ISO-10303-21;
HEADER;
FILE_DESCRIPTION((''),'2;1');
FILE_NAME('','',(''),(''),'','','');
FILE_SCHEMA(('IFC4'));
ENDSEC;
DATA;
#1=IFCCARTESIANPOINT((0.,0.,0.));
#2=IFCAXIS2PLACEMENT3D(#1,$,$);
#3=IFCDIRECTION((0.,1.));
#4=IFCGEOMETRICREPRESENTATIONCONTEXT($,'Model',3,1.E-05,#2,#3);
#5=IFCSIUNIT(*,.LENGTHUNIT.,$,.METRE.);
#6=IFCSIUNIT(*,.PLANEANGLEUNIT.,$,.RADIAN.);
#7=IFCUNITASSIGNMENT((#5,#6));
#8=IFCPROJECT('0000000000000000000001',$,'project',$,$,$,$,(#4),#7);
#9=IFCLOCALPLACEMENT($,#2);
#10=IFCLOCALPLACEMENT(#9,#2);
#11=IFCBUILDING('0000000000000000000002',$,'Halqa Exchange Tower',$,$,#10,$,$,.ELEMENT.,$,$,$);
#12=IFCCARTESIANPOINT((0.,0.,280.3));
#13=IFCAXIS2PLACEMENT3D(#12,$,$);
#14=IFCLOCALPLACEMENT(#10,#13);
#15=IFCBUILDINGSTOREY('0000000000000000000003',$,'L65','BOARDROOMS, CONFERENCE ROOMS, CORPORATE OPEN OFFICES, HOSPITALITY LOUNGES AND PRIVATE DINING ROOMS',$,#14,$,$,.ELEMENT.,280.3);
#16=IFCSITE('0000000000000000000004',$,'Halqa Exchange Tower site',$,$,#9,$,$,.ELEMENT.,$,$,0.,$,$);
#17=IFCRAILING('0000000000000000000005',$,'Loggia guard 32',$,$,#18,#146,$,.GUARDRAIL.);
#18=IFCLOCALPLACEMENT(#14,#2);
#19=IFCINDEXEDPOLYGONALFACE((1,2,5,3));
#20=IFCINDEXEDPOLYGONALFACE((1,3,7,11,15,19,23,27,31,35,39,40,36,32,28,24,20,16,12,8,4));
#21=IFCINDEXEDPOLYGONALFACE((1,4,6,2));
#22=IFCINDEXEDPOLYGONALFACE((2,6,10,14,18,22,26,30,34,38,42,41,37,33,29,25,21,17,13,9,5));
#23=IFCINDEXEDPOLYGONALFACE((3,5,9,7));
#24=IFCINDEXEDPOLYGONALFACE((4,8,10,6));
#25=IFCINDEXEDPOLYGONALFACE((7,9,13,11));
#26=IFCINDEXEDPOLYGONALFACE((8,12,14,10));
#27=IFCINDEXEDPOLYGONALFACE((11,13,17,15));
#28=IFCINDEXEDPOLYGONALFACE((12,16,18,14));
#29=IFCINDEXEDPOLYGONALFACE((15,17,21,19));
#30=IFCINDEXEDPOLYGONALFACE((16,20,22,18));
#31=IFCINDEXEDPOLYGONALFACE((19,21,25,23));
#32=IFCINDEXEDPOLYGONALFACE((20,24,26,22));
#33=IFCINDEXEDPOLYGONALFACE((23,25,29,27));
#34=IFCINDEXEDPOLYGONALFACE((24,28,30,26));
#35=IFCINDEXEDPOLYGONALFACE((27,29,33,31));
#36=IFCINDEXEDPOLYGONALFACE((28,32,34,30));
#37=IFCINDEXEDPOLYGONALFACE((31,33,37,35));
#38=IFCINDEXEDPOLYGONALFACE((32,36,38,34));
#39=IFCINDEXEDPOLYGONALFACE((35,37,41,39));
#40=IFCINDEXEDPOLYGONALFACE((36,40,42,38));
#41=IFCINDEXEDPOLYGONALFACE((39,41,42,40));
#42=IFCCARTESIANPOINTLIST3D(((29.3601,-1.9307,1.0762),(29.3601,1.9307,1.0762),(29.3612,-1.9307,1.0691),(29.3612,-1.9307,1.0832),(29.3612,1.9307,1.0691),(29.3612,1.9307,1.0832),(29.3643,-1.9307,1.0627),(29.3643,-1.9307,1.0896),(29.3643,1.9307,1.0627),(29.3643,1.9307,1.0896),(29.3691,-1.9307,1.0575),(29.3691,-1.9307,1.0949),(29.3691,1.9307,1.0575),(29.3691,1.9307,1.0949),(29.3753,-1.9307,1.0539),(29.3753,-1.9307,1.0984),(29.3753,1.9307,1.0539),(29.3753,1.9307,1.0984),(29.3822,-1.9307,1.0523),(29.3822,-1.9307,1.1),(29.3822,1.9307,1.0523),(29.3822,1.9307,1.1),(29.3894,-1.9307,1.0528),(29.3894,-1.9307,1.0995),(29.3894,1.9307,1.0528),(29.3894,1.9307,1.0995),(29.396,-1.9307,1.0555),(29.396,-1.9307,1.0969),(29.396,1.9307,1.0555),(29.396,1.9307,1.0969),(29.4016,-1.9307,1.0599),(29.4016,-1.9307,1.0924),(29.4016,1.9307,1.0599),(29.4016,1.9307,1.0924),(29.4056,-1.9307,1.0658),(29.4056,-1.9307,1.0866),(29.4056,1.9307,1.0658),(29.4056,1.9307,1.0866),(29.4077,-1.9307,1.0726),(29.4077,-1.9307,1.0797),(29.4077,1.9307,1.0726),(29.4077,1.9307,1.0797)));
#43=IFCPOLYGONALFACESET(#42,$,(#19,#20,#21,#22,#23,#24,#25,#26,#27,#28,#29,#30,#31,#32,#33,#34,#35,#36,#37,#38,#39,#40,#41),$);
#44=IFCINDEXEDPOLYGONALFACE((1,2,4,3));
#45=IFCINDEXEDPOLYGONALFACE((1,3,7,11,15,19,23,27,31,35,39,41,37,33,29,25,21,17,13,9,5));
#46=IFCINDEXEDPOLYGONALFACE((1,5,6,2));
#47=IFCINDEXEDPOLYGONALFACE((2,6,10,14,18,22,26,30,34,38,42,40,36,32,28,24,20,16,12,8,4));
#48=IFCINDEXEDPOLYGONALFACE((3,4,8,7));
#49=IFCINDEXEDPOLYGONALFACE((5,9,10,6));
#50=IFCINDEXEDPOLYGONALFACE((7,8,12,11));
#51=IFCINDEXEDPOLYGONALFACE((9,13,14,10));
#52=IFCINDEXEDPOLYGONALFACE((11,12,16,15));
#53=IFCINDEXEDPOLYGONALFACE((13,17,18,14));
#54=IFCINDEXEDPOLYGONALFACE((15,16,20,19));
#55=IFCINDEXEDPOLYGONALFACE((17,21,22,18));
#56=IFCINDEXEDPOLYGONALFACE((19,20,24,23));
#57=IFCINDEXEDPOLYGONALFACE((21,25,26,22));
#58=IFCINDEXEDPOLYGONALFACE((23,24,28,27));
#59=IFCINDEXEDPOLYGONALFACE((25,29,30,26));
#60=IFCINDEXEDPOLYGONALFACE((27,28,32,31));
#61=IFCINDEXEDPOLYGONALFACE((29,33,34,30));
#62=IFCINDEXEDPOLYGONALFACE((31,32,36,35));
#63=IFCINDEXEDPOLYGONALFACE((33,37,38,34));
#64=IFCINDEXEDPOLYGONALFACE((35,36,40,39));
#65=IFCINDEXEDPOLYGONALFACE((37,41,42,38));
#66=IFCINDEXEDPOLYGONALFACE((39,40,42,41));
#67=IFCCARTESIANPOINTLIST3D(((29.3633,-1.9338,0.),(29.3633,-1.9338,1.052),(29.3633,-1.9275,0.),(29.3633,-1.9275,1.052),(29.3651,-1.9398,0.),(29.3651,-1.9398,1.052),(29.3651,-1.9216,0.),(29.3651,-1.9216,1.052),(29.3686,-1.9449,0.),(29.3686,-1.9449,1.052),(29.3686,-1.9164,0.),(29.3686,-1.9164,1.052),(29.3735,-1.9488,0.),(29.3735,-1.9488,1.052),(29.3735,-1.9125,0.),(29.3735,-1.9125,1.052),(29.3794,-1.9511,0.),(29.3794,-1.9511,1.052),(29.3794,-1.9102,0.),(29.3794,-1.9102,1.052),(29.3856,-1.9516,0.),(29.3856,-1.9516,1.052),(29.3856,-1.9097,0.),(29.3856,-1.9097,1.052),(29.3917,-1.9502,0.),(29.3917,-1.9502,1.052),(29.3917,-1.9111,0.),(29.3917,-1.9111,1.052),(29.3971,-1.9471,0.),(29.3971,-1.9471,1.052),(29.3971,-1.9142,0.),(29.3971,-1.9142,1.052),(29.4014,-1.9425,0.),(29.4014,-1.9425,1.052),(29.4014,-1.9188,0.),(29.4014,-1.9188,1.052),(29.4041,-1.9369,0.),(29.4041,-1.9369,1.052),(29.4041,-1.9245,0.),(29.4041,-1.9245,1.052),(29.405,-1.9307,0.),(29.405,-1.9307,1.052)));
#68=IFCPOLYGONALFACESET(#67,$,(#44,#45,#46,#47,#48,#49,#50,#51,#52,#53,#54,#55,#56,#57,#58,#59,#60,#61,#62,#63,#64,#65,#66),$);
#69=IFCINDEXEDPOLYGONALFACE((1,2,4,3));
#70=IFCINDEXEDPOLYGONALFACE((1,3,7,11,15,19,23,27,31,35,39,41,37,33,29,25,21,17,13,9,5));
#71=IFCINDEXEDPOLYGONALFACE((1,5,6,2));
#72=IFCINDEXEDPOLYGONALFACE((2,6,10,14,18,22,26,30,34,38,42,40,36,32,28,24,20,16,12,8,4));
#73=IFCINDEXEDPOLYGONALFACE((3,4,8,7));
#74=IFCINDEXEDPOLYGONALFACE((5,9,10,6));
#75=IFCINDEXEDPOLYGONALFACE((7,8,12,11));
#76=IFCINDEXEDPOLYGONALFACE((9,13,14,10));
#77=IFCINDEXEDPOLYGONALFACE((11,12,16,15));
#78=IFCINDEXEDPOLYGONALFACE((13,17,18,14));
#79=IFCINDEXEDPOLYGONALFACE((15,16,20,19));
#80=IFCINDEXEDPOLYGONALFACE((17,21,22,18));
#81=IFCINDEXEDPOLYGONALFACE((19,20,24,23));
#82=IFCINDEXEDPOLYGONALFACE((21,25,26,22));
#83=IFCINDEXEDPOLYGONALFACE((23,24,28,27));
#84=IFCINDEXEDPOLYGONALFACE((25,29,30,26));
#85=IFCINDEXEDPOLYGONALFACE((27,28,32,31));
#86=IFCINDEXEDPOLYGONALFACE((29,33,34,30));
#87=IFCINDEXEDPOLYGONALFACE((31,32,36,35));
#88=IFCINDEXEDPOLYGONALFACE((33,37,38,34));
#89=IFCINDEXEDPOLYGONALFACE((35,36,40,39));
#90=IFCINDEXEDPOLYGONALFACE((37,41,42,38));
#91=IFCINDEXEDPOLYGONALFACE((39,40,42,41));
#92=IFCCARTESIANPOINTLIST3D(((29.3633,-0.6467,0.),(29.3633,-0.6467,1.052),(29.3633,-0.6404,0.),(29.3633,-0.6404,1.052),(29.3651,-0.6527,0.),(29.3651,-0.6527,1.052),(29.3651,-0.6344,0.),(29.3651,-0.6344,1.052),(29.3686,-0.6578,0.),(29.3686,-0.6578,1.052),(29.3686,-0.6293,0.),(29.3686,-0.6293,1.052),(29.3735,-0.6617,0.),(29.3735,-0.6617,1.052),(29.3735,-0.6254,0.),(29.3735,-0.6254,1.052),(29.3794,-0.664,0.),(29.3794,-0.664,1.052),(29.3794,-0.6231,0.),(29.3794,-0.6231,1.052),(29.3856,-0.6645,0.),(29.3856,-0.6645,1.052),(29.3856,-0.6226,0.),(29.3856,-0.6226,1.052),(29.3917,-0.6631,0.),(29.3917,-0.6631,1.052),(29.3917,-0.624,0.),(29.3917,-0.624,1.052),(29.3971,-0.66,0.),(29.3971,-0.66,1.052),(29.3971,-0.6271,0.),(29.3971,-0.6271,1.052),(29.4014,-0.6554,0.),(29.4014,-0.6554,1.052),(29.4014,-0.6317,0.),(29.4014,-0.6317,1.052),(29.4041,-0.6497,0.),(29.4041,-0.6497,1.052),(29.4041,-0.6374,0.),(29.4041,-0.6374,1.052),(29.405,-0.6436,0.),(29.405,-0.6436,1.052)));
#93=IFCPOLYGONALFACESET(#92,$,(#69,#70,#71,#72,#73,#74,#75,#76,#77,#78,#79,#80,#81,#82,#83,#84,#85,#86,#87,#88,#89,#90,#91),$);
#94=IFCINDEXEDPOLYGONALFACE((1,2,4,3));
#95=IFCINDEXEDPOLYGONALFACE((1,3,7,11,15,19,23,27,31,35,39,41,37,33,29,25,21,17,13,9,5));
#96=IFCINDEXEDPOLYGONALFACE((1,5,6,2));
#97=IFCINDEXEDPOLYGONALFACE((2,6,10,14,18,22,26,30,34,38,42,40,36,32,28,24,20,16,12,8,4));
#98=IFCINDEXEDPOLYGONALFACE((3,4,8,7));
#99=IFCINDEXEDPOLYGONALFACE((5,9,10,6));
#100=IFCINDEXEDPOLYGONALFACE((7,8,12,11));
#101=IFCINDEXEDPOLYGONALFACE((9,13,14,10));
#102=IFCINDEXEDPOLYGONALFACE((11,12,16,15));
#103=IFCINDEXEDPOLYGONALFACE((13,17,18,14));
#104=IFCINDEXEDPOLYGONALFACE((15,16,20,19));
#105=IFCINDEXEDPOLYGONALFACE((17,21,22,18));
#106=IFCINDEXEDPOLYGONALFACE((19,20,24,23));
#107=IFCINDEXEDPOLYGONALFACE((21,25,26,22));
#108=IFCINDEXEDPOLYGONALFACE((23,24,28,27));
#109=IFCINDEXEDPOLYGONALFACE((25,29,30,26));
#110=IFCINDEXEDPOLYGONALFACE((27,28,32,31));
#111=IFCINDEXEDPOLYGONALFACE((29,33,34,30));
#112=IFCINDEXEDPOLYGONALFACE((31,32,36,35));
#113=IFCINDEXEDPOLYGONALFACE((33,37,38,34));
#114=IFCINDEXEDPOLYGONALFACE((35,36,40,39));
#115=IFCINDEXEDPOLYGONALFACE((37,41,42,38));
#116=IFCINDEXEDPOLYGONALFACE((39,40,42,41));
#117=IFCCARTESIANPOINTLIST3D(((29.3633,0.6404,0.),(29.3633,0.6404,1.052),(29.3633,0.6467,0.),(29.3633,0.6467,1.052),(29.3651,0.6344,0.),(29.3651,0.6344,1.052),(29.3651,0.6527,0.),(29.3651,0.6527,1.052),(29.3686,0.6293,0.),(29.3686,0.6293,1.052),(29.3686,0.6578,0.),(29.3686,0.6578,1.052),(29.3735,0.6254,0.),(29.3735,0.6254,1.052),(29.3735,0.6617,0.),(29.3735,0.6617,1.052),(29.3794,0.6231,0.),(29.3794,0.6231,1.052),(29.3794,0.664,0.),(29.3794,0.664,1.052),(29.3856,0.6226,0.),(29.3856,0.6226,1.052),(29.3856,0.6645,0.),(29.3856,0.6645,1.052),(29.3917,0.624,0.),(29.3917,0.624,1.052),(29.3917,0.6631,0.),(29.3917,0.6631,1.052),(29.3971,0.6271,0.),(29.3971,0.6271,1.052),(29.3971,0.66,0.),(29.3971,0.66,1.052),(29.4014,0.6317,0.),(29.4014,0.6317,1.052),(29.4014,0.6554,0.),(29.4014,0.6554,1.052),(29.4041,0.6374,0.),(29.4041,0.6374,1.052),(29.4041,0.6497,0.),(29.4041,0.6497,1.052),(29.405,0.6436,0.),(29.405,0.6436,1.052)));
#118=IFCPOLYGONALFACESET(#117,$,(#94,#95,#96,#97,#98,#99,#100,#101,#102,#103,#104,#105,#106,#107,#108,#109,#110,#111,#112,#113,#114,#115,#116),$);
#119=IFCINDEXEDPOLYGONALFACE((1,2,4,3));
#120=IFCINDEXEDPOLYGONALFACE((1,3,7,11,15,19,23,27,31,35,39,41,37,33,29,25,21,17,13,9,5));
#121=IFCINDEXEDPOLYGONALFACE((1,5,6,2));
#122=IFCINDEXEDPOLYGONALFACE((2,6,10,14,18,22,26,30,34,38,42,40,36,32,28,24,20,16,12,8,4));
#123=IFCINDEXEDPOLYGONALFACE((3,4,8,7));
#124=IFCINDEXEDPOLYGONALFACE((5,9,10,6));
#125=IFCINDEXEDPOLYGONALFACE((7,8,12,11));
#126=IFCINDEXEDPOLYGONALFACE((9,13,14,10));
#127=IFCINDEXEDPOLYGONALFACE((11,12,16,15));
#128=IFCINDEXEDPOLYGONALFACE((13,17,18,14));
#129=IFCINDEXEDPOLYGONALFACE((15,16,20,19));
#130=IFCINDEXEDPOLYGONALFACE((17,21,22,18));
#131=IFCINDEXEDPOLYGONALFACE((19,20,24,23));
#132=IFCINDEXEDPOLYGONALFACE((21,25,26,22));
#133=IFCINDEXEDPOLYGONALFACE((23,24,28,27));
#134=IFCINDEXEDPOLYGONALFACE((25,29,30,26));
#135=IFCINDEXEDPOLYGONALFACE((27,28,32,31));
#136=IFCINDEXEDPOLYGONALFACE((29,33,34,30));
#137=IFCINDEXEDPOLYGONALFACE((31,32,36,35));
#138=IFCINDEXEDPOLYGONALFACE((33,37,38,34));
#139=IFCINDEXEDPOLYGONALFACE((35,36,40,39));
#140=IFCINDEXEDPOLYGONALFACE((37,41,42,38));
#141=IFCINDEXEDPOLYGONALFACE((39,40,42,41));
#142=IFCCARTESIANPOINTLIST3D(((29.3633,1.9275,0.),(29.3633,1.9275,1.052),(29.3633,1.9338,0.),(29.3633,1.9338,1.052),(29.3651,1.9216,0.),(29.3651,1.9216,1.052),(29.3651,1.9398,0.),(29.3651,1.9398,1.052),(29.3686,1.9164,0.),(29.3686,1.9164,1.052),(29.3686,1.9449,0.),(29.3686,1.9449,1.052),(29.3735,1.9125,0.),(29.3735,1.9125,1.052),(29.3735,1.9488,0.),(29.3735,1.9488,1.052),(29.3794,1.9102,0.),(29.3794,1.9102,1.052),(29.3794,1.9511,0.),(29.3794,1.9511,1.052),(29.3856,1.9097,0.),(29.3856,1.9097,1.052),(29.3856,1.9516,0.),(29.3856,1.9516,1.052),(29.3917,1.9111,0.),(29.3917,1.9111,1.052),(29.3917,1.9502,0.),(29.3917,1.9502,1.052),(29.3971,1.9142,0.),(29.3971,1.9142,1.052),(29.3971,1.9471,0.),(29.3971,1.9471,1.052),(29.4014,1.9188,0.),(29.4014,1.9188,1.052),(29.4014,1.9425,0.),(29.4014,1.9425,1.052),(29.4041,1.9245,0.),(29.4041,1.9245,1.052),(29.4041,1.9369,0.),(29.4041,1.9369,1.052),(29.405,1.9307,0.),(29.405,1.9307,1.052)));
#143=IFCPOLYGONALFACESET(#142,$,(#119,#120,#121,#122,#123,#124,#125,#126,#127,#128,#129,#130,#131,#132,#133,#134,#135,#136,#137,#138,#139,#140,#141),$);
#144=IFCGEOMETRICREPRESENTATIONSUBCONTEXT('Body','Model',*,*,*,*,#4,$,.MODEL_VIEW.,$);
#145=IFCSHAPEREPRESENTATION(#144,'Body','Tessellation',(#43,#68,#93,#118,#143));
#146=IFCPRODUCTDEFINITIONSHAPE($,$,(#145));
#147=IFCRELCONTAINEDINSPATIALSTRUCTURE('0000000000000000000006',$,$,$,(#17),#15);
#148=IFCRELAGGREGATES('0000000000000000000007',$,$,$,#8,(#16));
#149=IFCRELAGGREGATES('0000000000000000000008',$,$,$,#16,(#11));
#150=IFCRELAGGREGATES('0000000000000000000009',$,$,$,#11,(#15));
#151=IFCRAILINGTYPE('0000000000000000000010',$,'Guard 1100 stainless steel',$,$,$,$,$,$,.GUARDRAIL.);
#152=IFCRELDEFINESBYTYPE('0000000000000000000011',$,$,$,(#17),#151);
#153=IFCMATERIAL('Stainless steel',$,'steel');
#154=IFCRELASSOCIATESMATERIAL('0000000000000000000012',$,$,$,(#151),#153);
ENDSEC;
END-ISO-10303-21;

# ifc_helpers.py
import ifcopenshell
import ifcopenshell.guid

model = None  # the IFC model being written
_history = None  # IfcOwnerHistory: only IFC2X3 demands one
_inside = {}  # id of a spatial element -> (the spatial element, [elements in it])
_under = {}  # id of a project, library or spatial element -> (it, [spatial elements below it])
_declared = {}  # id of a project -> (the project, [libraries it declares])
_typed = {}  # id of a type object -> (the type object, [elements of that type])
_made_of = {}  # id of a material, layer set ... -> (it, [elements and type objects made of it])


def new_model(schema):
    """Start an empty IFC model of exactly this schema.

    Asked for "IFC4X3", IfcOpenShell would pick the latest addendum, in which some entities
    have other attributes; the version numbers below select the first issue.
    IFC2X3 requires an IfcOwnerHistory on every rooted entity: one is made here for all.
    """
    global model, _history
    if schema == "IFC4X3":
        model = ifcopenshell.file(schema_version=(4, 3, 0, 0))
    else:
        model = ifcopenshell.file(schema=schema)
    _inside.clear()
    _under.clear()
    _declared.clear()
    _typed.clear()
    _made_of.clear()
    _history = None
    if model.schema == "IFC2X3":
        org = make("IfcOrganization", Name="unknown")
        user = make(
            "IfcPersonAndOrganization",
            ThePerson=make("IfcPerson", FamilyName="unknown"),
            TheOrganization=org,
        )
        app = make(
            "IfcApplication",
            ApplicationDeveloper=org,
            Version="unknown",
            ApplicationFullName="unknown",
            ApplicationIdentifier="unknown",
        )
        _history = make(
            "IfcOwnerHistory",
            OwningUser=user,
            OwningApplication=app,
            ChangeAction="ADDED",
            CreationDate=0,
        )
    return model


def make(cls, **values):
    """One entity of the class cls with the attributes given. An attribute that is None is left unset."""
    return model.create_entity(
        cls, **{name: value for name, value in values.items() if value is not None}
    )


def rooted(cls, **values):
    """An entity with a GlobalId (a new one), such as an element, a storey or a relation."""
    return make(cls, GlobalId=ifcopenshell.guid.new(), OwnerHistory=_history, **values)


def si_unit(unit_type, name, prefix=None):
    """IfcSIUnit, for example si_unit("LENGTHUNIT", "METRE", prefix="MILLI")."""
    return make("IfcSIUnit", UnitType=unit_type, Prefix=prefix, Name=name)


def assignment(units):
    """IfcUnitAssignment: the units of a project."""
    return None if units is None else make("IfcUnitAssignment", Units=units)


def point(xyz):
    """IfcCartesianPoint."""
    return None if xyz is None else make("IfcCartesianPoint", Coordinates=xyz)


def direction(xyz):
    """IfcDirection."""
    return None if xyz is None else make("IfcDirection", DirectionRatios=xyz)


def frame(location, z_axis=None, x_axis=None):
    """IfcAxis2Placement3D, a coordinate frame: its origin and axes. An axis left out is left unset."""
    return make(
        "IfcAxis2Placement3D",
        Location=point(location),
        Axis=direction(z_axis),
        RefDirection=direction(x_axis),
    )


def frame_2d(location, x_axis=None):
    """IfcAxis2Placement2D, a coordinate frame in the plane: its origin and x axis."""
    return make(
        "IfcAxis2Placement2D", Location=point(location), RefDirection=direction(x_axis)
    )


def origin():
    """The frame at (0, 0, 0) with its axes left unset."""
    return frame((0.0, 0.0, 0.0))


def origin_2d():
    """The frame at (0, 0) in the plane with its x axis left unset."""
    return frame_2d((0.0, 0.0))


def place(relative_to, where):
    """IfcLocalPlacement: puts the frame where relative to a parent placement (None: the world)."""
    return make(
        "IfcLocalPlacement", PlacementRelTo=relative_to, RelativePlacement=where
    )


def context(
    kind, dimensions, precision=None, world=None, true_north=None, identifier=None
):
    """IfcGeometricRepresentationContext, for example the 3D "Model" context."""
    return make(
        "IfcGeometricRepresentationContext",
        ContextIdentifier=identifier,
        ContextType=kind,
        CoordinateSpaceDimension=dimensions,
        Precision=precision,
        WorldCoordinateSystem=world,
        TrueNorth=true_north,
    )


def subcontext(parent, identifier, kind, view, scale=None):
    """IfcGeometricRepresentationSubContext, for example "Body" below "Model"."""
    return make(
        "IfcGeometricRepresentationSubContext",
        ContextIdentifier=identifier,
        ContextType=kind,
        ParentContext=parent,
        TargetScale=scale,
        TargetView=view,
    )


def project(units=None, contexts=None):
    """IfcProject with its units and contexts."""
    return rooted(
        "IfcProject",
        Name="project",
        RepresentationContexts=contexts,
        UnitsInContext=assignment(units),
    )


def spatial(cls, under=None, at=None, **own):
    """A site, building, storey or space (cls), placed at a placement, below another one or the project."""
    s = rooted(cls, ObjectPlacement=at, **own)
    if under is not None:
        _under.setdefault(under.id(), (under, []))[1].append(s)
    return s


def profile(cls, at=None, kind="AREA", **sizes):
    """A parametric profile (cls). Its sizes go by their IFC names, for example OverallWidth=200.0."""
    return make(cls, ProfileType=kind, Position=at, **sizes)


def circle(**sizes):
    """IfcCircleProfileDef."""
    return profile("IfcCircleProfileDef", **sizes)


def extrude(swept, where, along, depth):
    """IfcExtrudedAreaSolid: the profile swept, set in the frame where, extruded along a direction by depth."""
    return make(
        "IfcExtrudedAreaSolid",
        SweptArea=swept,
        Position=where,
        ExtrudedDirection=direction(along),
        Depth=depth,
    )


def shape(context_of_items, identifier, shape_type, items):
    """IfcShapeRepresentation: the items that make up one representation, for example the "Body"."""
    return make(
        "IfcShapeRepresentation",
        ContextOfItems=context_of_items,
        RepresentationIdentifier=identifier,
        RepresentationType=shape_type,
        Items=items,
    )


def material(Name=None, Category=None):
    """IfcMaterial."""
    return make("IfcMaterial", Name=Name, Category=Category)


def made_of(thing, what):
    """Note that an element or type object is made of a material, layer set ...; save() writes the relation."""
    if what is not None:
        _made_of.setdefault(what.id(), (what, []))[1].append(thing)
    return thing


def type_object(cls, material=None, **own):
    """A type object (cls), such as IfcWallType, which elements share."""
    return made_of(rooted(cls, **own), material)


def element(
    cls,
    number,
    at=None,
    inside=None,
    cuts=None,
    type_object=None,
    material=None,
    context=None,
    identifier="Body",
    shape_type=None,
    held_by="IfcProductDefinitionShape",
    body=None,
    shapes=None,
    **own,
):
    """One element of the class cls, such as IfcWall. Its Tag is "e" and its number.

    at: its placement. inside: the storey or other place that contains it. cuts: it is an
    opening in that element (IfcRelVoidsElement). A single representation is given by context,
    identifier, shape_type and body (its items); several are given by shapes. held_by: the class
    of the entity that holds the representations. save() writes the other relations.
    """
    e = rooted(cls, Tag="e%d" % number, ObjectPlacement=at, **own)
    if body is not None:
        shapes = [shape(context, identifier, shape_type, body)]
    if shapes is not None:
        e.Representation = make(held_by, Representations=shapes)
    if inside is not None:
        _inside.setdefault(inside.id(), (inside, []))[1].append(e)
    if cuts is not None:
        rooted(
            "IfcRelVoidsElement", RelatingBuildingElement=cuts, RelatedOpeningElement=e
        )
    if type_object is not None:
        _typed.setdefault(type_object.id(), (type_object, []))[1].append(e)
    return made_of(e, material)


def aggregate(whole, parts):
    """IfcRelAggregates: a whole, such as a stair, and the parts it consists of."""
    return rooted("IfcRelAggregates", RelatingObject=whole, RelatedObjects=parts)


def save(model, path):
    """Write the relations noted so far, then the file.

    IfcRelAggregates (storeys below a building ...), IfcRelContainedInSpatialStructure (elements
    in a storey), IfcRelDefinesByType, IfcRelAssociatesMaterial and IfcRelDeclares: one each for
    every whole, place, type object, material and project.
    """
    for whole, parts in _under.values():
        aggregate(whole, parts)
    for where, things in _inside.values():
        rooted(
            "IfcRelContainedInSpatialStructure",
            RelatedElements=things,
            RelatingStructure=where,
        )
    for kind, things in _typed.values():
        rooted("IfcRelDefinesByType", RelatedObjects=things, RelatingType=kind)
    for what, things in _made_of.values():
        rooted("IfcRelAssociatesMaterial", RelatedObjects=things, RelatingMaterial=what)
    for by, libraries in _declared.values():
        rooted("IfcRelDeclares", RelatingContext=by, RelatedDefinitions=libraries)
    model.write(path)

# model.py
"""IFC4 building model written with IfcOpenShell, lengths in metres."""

from ifc_helpers import new_model, si_unit, direction, frame, origin, origin_2d, place, context, subcontext, project, spatial, circle, extrude, material, type_object, element, save


model = new_model("IFC4")

# Units and contexts
model_context = context("Model", 3, precision=1e-05, world=origin(), true_north=direction((0.0, 1.0)))
body_context = subcontext(model_context, "Body", "Model", "MODEL_VIEW")
ifc_project = project(units=[si_unit("LENGTHUNIT", "METRE"), si_unit("PLANEANGLEUNIT", "RADIAN")], contexts=[model_context])

# Site, building, storey
site_placement = place(None, origin())
site = spatial("IfcSite", under=ifc_project, at=site_placement, Name="Halqa Exchange Tower site", CompositionType="ELEMENT", RefElevation=0.0)
building_placement = place(site_placement, origin())
building = spatial("IfcBuilding", under=site, at=building_placement, Name="Halqa Exchange Tower", CompositionType="ELEMENT")
storey_placement = place(building_placement, frame((0.0, 0.0, 280.3)))
storey = spatial("IfcBuildingStorey", under=building, at=storey_placement, Name="L65", Description="BOARDROOMS, CONFERENCE ROOMS, CORPORATE OPEN OFFICES, HOSPITALITY LOUNGES AND PRIVATE DINING ROOMS", CompositionType="ELEMENT", Elevation=280.3)

# Railing
ifc_material_1 = material(Name="Stainless steel", Category="steel")
railing_type = type_object("IfcRailingType", Name="Guard 1100 stainless steel", PredefinedType="GUARDRAIL", material=ifc_material_1)
railing_1_placement = place(storey_placement, frame((29.384, -1.9307, 0.0)))
element("IfcRailing", 1, at=railing_1_placement, inside=storey, type_object=railing_type, Name="Loggia guard 32", PredefinedType="GUARDRAIL", context=body_context, shape_type="SweptSolid", body=[
    extrude(circle(Radius=0.0239, at=origin_2d()), frame((0.0, 0.0, 1.0762), z_axis=(0.0, 1.0, 0.0), x_axis=(-1.0, 0.0, 0.0)), (0.0, 0.0, 1.0), 3.8613),
    extrude(circle(Radius=0.021, at=origin_2d()), origin(), (0.0, 0.0, 1.0), 1.052),
    extrude(circle(Radius=0.021, at=origin_2d()), frame((0.0, 1.2871, 0.0)), (0.0, 0.0, 1.0), 1.052),
    extrude(circle(Radius=0.021, at=origin_2d()), frame((0.0, 2.5742, 0.0)), (0.0, 0.0, 1.0), 1.052),
    extrude(circle(Radius=0.021, at=origin_2d()), frame((0.0, 3.8613, 0.0)), (0.0, 0.0, 1.0), 1.052),
])

save(model, "model.ifc")
